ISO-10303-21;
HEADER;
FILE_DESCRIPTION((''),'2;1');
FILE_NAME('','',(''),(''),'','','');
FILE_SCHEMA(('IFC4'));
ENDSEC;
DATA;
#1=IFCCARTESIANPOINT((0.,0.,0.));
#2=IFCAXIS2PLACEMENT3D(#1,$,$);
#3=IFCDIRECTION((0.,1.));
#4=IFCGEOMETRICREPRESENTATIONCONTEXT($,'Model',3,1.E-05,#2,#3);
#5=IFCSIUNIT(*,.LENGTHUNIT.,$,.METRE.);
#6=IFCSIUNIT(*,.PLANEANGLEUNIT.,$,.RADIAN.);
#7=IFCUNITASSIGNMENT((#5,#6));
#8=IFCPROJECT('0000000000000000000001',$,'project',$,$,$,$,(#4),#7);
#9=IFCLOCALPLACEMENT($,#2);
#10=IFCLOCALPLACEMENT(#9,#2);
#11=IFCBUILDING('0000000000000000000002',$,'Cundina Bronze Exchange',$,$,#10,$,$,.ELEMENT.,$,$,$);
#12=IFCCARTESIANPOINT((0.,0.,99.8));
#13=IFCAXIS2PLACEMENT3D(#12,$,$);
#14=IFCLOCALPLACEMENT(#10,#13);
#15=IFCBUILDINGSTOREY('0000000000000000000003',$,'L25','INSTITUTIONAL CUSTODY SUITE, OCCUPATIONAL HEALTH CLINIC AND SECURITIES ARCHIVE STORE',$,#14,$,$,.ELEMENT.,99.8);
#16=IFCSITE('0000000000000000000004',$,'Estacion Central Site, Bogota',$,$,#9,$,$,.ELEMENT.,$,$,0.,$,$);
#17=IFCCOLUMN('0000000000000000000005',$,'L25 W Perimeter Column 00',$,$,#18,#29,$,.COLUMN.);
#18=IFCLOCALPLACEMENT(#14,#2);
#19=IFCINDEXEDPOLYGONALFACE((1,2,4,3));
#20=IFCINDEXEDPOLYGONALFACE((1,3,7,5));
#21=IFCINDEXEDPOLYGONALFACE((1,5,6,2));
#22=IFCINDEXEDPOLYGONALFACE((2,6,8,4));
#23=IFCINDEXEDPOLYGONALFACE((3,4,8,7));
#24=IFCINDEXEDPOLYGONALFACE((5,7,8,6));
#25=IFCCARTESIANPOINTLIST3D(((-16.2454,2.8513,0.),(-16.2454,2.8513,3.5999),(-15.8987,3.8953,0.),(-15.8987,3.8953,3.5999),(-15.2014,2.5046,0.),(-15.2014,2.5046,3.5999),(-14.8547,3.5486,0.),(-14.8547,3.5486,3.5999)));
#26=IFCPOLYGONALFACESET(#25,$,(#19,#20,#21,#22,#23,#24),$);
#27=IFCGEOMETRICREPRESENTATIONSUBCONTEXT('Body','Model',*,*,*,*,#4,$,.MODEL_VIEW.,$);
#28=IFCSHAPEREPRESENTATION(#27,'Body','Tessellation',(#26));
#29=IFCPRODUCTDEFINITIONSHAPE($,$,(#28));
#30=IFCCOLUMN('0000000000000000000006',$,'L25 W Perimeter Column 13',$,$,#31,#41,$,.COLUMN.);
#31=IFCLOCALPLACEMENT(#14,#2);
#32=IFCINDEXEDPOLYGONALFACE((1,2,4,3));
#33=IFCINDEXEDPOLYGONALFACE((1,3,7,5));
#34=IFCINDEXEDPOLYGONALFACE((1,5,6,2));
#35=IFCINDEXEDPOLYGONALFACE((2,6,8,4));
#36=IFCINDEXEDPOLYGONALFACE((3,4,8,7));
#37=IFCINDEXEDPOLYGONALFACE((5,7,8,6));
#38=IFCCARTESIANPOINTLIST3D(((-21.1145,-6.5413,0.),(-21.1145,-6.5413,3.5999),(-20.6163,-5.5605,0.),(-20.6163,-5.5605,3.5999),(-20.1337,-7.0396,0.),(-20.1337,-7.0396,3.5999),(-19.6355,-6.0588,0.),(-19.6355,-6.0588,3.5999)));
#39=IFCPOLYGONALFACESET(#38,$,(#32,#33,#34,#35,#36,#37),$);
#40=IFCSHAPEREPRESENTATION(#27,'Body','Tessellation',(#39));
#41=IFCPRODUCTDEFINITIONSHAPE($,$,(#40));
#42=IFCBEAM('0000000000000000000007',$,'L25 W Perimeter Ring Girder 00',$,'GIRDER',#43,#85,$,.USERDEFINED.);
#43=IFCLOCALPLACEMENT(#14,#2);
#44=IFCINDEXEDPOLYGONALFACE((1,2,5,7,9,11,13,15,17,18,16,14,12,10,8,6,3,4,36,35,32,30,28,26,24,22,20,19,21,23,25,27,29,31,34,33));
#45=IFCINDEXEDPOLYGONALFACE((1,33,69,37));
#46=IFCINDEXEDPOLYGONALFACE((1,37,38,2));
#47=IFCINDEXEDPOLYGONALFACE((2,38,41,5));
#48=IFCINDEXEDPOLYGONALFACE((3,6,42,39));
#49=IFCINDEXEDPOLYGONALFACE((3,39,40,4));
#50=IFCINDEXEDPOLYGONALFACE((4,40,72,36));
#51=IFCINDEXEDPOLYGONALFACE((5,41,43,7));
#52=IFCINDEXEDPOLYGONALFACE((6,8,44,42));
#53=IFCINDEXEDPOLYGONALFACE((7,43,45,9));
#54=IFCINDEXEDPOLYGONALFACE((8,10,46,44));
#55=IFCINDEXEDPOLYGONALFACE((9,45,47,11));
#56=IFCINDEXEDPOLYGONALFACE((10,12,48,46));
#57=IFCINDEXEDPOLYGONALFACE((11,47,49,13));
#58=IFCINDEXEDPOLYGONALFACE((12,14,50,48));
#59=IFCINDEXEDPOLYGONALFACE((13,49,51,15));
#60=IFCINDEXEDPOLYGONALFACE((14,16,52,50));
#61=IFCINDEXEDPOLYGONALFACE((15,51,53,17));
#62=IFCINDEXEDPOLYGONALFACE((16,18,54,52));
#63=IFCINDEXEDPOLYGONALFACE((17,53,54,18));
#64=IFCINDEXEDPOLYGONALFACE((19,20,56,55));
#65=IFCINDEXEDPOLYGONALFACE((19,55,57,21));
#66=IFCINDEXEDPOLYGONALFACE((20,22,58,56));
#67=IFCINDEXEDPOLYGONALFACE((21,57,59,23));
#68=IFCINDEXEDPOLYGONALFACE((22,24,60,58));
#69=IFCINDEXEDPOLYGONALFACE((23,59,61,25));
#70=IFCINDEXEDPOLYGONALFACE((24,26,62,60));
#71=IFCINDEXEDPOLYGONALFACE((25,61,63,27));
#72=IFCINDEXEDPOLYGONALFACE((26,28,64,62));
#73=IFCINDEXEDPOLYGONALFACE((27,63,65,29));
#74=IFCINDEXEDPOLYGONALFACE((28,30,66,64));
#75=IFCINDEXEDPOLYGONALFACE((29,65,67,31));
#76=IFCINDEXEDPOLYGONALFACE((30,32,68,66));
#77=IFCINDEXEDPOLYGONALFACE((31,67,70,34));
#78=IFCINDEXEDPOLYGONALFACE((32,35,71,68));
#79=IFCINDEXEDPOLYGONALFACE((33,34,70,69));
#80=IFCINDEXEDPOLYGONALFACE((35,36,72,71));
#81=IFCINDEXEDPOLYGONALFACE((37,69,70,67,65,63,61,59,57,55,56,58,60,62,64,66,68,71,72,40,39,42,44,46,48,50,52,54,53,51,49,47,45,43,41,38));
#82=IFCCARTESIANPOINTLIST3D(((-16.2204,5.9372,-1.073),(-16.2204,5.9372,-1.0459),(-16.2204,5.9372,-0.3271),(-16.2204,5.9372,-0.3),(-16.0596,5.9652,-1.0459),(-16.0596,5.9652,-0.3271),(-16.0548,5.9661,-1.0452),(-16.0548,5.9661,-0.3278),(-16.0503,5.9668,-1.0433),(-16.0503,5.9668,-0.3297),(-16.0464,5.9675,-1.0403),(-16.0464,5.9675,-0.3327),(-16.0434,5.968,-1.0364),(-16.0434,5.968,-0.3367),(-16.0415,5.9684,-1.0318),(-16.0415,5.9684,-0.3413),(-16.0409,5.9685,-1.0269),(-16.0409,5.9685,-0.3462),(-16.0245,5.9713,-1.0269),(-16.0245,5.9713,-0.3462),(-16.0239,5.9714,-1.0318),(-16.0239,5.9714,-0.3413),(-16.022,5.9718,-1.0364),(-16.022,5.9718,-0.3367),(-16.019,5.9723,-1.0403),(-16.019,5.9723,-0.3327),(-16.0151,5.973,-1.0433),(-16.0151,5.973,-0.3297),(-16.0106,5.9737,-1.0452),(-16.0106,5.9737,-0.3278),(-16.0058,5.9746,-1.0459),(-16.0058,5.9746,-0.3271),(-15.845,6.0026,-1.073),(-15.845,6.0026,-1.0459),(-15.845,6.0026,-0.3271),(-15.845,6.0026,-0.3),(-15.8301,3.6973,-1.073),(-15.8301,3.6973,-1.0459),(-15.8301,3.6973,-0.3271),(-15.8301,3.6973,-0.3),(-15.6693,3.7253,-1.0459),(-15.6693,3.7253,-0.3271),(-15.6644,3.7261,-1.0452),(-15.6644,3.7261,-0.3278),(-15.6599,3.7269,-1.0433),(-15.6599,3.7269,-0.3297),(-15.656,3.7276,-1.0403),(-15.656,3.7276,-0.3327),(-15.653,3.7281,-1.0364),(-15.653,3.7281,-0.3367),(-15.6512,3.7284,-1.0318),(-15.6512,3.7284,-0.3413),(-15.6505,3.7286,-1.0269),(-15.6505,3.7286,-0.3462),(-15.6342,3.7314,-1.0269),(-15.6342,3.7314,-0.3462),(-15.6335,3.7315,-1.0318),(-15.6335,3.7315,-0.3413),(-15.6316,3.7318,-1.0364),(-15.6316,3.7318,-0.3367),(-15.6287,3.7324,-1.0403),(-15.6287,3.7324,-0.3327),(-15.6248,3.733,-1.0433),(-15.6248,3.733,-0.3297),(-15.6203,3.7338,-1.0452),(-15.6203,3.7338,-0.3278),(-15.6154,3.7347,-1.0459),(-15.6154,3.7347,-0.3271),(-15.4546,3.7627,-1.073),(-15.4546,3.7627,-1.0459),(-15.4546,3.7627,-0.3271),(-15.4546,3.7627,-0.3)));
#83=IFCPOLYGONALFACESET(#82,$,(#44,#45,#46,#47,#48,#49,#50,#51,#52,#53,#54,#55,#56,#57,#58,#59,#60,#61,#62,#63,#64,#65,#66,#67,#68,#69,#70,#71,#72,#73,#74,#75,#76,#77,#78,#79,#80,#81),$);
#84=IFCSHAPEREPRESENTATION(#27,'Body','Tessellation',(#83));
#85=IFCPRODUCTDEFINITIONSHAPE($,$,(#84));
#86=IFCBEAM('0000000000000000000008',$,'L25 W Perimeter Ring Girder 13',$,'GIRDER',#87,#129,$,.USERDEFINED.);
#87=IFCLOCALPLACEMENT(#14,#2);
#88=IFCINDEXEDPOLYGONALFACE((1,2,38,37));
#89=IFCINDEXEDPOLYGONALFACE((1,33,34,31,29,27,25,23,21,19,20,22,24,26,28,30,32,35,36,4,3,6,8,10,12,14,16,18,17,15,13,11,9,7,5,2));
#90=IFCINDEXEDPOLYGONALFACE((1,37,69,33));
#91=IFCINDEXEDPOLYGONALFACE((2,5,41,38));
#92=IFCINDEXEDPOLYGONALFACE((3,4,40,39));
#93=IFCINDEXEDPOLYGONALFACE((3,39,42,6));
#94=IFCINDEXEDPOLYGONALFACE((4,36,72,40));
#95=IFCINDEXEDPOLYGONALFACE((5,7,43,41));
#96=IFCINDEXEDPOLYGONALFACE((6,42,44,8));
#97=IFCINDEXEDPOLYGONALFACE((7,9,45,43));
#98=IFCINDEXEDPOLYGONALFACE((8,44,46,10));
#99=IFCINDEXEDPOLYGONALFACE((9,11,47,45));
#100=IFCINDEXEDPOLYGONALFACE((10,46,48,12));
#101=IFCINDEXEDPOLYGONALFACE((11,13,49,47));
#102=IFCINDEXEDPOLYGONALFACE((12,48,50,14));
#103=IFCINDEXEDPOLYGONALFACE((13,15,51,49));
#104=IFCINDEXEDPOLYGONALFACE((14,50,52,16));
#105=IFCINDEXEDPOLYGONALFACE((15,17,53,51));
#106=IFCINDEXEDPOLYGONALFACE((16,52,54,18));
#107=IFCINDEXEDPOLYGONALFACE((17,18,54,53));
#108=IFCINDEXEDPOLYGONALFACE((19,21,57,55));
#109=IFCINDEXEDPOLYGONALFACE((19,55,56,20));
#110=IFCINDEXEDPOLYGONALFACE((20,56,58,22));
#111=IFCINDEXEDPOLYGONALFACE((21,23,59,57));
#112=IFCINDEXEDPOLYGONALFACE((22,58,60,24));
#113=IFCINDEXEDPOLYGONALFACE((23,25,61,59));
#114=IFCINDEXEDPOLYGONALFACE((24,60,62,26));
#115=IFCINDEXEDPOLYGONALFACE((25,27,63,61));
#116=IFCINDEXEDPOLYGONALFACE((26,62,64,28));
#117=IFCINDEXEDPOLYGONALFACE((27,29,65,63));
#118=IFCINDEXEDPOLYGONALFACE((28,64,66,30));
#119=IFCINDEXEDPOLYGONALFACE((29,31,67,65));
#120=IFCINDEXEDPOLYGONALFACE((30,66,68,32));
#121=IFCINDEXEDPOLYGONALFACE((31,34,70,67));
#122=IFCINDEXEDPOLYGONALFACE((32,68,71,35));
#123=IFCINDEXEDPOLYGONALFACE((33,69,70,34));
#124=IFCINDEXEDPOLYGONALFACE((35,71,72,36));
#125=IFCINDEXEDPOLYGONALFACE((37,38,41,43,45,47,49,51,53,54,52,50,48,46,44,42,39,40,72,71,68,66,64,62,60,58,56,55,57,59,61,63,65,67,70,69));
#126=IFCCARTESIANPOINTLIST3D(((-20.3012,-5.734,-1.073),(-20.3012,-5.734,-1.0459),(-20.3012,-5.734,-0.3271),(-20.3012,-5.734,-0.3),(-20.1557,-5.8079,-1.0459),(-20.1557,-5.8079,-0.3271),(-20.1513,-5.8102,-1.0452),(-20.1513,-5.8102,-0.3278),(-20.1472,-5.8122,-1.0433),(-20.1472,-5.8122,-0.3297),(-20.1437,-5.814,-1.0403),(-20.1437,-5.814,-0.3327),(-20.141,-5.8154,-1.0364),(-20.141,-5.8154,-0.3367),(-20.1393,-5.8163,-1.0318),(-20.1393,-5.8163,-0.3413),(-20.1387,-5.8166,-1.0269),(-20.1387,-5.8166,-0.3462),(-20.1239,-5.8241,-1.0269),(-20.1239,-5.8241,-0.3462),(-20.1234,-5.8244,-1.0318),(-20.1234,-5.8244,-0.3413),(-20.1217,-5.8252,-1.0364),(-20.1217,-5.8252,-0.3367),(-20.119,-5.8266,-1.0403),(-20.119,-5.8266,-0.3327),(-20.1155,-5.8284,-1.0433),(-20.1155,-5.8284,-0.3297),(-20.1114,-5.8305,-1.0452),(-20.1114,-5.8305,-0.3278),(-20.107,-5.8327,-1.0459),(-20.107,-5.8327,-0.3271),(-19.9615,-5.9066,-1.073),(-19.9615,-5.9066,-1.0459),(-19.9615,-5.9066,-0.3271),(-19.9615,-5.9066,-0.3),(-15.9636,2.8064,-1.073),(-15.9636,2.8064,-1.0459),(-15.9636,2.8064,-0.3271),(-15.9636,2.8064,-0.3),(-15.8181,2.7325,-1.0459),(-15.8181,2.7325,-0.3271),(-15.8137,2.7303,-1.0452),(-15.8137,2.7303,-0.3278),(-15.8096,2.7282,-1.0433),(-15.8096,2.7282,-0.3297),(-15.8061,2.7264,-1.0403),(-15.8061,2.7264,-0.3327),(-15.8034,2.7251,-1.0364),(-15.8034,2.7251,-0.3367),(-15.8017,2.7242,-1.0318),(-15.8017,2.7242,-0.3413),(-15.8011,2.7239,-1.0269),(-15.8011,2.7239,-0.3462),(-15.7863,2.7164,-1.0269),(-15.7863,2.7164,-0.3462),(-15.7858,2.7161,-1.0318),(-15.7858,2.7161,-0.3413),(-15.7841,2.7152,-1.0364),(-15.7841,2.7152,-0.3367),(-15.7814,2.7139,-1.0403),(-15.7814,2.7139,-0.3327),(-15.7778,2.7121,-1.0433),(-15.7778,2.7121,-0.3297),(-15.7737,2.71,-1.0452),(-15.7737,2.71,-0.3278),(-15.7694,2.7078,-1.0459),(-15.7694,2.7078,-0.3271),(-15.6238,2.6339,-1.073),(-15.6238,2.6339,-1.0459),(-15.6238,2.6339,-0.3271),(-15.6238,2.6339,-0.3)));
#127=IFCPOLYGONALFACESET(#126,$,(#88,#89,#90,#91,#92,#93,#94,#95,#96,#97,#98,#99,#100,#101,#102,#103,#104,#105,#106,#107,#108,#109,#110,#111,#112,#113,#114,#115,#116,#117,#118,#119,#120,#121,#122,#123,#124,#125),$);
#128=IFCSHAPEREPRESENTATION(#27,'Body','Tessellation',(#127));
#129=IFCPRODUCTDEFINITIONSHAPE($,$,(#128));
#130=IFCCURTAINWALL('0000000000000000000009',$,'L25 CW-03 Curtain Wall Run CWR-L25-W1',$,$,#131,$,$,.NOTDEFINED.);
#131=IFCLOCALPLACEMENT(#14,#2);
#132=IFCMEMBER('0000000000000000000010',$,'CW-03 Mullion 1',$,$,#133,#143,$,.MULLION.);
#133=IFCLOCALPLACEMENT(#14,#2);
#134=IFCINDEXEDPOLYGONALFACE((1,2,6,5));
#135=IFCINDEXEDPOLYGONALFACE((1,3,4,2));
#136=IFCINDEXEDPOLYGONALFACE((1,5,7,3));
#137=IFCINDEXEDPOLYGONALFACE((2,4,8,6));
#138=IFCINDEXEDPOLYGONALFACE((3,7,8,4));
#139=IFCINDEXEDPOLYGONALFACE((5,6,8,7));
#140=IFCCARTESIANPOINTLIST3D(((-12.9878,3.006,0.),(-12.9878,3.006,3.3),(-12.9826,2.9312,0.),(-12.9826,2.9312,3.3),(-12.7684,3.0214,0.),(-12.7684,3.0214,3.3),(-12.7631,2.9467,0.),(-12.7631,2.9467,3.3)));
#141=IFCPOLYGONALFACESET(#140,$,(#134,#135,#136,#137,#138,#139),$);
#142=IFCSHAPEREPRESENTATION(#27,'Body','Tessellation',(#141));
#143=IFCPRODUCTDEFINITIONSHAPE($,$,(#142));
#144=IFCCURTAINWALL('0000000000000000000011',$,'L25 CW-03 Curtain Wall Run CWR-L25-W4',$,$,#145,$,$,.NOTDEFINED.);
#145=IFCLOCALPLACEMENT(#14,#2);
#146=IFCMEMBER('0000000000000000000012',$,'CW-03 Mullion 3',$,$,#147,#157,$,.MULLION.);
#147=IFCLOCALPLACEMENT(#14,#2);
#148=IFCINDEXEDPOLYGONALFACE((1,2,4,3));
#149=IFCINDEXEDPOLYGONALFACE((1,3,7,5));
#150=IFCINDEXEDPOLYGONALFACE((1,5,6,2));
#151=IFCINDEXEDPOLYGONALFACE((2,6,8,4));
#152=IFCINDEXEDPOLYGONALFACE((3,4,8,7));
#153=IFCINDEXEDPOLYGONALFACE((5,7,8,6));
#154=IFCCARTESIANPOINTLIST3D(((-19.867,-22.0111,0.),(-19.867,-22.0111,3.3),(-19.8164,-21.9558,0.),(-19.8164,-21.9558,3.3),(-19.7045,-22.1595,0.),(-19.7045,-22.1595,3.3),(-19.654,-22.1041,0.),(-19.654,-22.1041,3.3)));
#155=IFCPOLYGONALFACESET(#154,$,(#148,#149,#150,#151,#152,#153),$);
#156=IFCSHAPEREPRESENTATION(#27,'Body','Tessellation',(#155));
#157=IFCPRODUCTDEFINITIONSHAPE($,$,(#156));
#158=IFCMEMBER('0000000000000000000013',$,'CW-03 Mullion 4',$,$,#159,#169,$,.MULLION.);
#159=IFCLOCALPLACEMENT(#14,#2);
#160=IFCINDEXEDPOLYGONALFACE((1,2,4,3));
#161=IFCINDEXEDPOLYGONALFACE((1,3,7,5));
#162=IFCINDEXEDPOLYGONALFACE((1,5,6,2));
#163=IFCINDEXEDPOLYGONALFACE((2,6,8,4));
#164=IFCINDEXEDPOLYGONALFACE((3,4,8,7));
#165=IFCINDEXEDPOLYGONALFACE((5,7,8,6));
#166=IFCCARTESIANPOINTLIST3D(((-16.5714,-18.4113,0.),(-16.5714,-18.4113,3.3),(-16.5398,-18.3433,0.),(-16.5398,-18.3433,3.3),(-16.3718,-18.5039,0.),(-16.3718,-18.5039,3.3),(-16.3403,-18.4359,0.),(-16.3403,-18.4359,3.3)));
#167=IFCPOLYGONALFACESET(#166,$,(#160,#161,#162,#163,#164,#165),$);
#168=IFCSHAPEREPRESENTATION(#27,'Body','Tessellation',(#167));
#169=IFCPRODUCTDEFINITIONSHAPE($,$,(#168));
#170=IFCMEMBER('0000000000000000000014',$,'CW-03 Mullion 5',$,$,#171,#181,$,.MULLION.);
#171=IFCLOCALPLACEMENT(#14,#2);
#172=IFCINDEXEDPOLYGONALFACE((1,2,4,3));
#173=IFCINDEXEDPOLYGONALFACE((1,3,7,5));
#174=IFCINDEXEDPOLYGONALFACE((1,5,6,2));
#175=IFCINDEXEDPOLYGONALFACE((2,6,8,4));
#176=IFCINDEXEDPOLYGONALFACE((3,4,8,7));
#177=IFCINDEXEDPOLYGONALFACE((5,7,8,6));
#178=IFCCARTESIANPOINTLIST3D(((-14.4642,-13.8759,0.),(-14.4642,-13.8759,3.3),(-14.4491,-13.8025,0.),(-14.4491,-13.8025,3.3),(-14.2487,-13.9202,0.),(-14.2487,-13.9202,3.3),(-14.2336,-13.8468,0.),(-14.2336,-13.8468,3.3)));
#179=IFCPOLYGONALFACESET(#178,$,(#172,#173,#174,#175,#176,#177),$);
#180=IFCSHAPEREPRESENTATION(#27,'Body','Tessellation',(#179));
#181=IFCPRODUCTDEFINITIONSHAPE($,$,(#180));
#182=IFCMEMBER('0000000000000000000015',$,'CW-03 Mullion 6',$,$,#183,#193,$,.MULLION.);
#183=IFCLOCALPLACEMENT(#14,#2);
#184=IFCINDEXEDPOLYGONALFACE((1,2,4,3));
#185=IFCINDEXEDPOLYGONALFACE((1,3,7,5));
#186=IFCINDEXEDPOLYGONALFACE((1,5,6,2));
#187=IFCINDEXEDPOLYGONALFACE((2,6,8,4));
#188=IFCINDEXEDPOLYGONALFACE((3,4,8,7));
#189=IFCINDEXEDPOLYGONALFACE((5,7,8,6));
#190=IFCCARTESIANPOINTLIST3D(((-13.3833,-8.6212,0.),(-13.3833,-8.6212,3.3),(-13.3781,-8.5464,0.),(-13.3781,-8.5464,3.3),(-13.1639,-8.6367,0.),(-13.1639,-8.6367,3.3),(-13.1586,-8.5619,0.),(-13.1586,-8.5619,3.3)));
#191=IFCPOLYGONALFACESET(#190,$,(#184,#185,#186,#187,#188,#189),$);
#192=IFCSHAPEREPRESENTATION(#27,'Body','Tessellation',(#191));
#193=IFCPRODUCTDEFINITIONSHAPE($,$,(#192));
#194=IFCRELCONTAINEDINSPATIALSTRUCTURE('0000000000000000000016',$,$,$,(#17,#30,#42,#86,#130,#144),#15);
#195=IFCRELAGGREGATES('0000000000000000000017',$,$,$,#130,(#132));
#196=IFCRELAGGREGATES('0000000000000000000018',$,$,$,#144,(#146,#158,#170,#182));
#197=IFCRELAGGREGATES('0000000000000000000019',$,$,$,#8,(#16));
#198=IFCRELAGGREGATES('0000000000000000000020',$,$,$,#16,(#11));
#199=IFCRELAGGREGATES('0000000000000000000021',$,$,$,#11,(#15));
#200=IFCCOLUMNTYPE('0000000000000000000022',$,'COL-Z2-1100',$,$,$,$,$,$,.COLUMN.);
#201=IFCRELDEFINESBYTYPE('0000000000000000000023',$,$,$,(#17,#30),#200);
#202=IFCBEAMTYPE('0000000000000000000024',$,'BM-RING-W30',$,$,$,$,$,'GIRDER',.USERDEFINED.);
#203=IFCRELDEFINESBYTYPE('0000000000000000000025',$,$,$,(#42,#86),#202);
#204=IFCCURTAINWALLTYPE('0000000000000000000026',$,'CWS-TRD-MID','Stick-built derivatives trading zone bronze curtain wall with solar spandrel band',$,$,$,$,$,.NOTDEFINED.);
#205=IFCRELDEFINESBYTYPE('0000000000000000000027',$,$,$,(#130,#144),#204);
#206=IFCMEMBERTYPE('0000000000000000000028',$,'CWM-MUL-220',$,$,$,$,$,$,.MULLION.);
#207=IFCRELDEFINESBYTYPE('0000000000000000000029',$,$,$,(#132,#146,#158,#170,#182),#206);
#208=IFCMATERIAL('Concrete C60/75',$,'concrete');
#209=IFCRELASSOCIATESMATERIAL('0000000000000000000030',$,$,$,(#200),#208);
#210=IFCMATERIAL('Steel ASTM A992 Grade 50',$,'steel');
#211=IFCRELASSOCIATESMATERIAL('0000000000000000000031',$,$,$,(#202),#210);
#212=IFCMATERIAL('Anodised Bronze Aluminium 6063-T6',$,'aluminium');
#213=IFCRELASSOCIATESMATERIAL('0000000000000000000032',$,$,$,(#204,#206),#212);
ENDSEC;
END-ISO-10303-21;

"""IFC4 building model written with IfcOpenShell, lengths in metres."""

from ifc_helpers import new_model, si_unit, direction, frame, origin, origin_2d, place, context, subcontext, project, spatial, rectangle, i_section, extrude, material, material_profile, profile_set, type_object, element, aggregate, save


model = new_model("IFC4")

# Units and contexts
model_context = context("Model", 3, precision=1e-05, world=origin(), true_north=direction((0.0, 1.0)))
body_context = subcontext(model_context, "Body", "Model", "MODEL_VIEW")
ifc_project = project(units=[si_unit("LENGTHUNIT", "METRE"), si_unit("PLANEANGLEUNIT", "RADIAN")], contexts=[model_context])

# Site, building, storey
site_placement = place(None, origin())
site = spatial("IfcSite", under=ifc_project, at=site_placement, Name="Estacion Central Site, Bogota", CompositionType="ELEMENT", RefElevation=0.0)
building_placement = place(site_placement, origin())
building = spatial("IfcBuilding", under=site, at=building_placement, Name="Cundina Bronze Exchange", CompositionType="ELEMENT")
storey_placement = place(building_placement, frame((0.0, 0.0, 99.8)))
storey = spatial("IfcBuildingStorey", under=building, at=storey_placement, Name="L25", Description="INSTITUTIONAL CUSTODY SUITE, OCCUPATIONAL HEALTH CLINIC AND SECURITIES ARCHIVE STORE", CompositionType="ELEMENT", Elevation=99.8)

# Columns
ifc_material_1 = material(Name="Concrete C60/75", Category="concrete")
ifc_material_profile_1 = material_profile(ifc_material_1, rectangle(XDim=1.1001, YDim=1.1001, at=origin_2d()), Name="RC1100X1100", Category="concrete")
ifc_profile_set_1 = profile_set([ifc_material_profile_1], Name="Concrete C60/75")
column_type = type_object("IfcColumnType", Name="COL-Z2-1100", PredefinedType="COLUMN", material=ifc_profile_set_1)
for number, where, z_axis, x_axis, name in (
    (1, (-15.55, 3.2, 0.0), (0.0, 0.0, 1.0), (0.315152, 0.949041, 0.0), "L25 W Perimeter Column 00"),
    (2, (-20.375, -6.3, 0.0), (0.0, 0.0, 1.0), (0.452902, 0.891561, 0.0), "L25 W Perimeter Column 13"),
):
    element("IfcColumn", number, at=place(storey_placement, frame(where, z_axis=z_axis, x_axis=x_axis)), inside=storey, type_object=column_type, Name=name, PredefinedType="COLUMN", context=body_context, shape_type="SweptSolid", body=[
        extrude(rectangle(XDim=1.1001, YDim=1.1001, at=origin_2d()), origin(), (0.0, 0.0, 1.0), 3.5999),
    ])

# Beams
ifc_material_2 = material(Name="Steel ASTM A992 Grade 50", Category="steel")
ifc_material_profile_2 = material_profile(ifc_material_2, i_section(OverallWidth=0.3811, OverallDepth=0.7729, WebThickness=0.0166, FlangeThickness=0.0271, FilletRadius=0.019, at=origin_2d()), Name="W30X173", Category="steel")
ifc_profile_set_2 = profile_set([ifc_material_profile_2], Name="Steel ASTM A992 Grade 50")
beam_type = type_object("IfcBeamType", Name="BM-RING-W30", ElementType="GIRDER", PredefinedType="USERDEFINED", material=ifc_profile_set_2)
beam_1_placement = place(storey_placement, frame((-15.6423, 3.73, -0.6865), z_axis=(-0.17169, 0.985151, 0.0), x_axis=(-0.985151, -0.17169, 0.0)))
element("IfcBeam", 3, at=beam_1_placement, inside=storey, type_object=beam_type, Name="L25 W Perimeter Ring Girder 00", ObjectType="GIRDER", PredefinedType="USERDEFINED", context=body_context, shape_type="SweptSolid", body=[
    extrude(i_section(OverallWidth=0.3811, OverallDepth=0.7729, WebThickness=0.0166, FlangeThickness=0.0271, FilletRadius=0.019, at=origin_2d()), origin(), (0.0, 0.0, 1.0), 2.2737),
])
beam_2_placement = place(storey_placement, frame((-20.1313, -5.8203, -0.6865), z_axis=(0.452832, 0.891596, 0.0), x_axis=(-0.891596, 0.452832, 0.0)))
element("IfcBeam", 4, at=beam_2_placement, inside=storey, type_object=beam_type, Name="L25 W Perimeter Ring Girder 13", ObjectType="GIRDER", PredefinedType="USERDEFINED", context=body_context, shape_type="SweptSolid", body=[
    extrude(i_section(OverallWidth=0.3811, OverallDepth=0.7729, WebThickness=0.0166, FlangeThickness=0.0271, FilletRadius=0.019, at=origin_2d()), origin(), (0.0, 0.0, 1.0), 9.5789),
])

# Curtain wall, member
ifc_material_3 = material(Name="Anodised Bronze Aluminium 6063-T6", Category="aluminium")
curtain_wall_type = type_object("IfcCurtainWallType", Name="CWS-TRD-MID", Description="Stick-built derivatives trading zone bronze curtain wall with solar spandrel band", PredefinedType="NOTDEFINED", material=ifc_material_3)
curtain_wall_1_placement = place(storey_placement, origin())
curtain_wall_1 = element("IfcCurtainWall", 5, at=curtain_wall_1_placement, inside=storey, type_object=curtain_wall_type, Name="L25 CW-03 Curtain Wall Run CWR-L25-W1", PredefinedType="NOTDEFINED")
ifc_material_profile_3 = material_profile(ifc_material_3, rectangle(XDim=0.075, YDim=0.22, at=origin_2d()), Name="AL75X220", Category="aluminium")
ifc_profile_set_3 = profile_set([ifc_material_profile_3], Name="Anodised Bronze Aluminium 6063-T6")
member_type_1 = type_object("IfcMemberType", Name="CWM-MUL-220", PredefinedType="MULLION", material=ifc_profile_set_3)
member_1_placement = place(storey_placement, frame((-12.8755, 2.9763, 0.0), z_axis=(0.0, 0.0, 1.0), x_axis=(-0.070279, 0.997527, 0.0)))
member_1 = element("IfcMember", 6, at=member_1_placement, type_object=member_type_1, Name="CW-03 Mullion 1", PredefinedType="MULLION", context=body_context, shape_type="SweptSolid", body=[
    extrude(rectangle(XDim=0.075, YDim=0.22, at=origin_2d()), origin(), (0.0, 0.0, 1.0), 3.3),
])

# Curtain wall, members
curtain_wall_2_placement = place(storey_placement, origin())
curtain_wall_2 = element("IfcCurtainWall", 7, at=curtain_wall_2_placement, inside=storey, type_object=curtain_wall_type, Name="L25 CW-03 Curtain Wall Run CWR-L25-W4", PredefinedType="NOTDEFINED")
member_2_placement = place(storey_placement, frame((-19.7605, -22.0576, 0.0), z_axis=(0.0, 0.0, 1.0), x_axis=(0.674302, 0.738455, 0.0)))
member_2 = element("IfcMember", 8, at=member_2_placement, type_object=member_type_1, Name="CW-03 Mullion 3", PredefinedType="MULLION", context=body_context, shape_type="SweptSolid", body=[
    extrude(rectangle(XDim=0.075, YDim=0.22, at=origin_2d()), origin(), (0.0, 0.0, 1.0), 3.3),
])
member_3_placement = place(storey_placement, frame((-16.4558, -18.4236, 0.0), z_axis=(0.0, 0.0, 1.0), x_axis=(0.420877, 0.907117, 0.0)))
member_3 = element("IfcMember", 9, at=member_3_placement, type_object=member_type_1, Name="CW-03 Mullion 4", PredefinedType="MULLION", context=body_context, shape_type="SweptSolid", body=[
    extrude(rectangle(XDim=0.075, YDim=0.22, at=origin_2d()), origin(), (0.0, 0.0, 1.0), 3.3),
])
member_4_placement = place(storey_placement, frame((-14.3489, -13.8613, 0.0), z_axis=(0.0, 0.0, 1.0), x_axis=(0.20142, 0.979505, 0.0)))
member_4 = element("IfcMember", 10, at=member_4_placement, type_object=member_type_1, Name="CW-03 Mullion 5", PredefinedType="MULLION", context=body_context, shape_type="SweptSolid", body=[
    extrude(rectangle(XDim=0.075, YDim=0.22, at=origin_2d()), origin(), (0.0, 0.0, 1.0), 3.3),
])
member_5_placement = place(storey_placement, frame((-13.271, -8.5916, 0.0), z_axis=(0.0, 0.0, 1.0), x_axis=(0.070279, 0.997527, 0.0)))
member_5 = element("IfcMember", 11, at=member_5_placement, type_object=member_type_1, Name="CW-03 Mullion 6", PredefinedType="MULLION", context=body_context, shape_type="SweptSolid", body=[
    extrude(rectangle(XDim=0.075, YDim=0.22, at=origin_2d()), origin(), (0.0, 0.0, 1.0), 3.3),
])

aggregate(curtain_wall_1, [member_1])

aggregate(curtain_wall_2, [member_2, member_3, member_4, member_5])

save(model, "model.ifc")
